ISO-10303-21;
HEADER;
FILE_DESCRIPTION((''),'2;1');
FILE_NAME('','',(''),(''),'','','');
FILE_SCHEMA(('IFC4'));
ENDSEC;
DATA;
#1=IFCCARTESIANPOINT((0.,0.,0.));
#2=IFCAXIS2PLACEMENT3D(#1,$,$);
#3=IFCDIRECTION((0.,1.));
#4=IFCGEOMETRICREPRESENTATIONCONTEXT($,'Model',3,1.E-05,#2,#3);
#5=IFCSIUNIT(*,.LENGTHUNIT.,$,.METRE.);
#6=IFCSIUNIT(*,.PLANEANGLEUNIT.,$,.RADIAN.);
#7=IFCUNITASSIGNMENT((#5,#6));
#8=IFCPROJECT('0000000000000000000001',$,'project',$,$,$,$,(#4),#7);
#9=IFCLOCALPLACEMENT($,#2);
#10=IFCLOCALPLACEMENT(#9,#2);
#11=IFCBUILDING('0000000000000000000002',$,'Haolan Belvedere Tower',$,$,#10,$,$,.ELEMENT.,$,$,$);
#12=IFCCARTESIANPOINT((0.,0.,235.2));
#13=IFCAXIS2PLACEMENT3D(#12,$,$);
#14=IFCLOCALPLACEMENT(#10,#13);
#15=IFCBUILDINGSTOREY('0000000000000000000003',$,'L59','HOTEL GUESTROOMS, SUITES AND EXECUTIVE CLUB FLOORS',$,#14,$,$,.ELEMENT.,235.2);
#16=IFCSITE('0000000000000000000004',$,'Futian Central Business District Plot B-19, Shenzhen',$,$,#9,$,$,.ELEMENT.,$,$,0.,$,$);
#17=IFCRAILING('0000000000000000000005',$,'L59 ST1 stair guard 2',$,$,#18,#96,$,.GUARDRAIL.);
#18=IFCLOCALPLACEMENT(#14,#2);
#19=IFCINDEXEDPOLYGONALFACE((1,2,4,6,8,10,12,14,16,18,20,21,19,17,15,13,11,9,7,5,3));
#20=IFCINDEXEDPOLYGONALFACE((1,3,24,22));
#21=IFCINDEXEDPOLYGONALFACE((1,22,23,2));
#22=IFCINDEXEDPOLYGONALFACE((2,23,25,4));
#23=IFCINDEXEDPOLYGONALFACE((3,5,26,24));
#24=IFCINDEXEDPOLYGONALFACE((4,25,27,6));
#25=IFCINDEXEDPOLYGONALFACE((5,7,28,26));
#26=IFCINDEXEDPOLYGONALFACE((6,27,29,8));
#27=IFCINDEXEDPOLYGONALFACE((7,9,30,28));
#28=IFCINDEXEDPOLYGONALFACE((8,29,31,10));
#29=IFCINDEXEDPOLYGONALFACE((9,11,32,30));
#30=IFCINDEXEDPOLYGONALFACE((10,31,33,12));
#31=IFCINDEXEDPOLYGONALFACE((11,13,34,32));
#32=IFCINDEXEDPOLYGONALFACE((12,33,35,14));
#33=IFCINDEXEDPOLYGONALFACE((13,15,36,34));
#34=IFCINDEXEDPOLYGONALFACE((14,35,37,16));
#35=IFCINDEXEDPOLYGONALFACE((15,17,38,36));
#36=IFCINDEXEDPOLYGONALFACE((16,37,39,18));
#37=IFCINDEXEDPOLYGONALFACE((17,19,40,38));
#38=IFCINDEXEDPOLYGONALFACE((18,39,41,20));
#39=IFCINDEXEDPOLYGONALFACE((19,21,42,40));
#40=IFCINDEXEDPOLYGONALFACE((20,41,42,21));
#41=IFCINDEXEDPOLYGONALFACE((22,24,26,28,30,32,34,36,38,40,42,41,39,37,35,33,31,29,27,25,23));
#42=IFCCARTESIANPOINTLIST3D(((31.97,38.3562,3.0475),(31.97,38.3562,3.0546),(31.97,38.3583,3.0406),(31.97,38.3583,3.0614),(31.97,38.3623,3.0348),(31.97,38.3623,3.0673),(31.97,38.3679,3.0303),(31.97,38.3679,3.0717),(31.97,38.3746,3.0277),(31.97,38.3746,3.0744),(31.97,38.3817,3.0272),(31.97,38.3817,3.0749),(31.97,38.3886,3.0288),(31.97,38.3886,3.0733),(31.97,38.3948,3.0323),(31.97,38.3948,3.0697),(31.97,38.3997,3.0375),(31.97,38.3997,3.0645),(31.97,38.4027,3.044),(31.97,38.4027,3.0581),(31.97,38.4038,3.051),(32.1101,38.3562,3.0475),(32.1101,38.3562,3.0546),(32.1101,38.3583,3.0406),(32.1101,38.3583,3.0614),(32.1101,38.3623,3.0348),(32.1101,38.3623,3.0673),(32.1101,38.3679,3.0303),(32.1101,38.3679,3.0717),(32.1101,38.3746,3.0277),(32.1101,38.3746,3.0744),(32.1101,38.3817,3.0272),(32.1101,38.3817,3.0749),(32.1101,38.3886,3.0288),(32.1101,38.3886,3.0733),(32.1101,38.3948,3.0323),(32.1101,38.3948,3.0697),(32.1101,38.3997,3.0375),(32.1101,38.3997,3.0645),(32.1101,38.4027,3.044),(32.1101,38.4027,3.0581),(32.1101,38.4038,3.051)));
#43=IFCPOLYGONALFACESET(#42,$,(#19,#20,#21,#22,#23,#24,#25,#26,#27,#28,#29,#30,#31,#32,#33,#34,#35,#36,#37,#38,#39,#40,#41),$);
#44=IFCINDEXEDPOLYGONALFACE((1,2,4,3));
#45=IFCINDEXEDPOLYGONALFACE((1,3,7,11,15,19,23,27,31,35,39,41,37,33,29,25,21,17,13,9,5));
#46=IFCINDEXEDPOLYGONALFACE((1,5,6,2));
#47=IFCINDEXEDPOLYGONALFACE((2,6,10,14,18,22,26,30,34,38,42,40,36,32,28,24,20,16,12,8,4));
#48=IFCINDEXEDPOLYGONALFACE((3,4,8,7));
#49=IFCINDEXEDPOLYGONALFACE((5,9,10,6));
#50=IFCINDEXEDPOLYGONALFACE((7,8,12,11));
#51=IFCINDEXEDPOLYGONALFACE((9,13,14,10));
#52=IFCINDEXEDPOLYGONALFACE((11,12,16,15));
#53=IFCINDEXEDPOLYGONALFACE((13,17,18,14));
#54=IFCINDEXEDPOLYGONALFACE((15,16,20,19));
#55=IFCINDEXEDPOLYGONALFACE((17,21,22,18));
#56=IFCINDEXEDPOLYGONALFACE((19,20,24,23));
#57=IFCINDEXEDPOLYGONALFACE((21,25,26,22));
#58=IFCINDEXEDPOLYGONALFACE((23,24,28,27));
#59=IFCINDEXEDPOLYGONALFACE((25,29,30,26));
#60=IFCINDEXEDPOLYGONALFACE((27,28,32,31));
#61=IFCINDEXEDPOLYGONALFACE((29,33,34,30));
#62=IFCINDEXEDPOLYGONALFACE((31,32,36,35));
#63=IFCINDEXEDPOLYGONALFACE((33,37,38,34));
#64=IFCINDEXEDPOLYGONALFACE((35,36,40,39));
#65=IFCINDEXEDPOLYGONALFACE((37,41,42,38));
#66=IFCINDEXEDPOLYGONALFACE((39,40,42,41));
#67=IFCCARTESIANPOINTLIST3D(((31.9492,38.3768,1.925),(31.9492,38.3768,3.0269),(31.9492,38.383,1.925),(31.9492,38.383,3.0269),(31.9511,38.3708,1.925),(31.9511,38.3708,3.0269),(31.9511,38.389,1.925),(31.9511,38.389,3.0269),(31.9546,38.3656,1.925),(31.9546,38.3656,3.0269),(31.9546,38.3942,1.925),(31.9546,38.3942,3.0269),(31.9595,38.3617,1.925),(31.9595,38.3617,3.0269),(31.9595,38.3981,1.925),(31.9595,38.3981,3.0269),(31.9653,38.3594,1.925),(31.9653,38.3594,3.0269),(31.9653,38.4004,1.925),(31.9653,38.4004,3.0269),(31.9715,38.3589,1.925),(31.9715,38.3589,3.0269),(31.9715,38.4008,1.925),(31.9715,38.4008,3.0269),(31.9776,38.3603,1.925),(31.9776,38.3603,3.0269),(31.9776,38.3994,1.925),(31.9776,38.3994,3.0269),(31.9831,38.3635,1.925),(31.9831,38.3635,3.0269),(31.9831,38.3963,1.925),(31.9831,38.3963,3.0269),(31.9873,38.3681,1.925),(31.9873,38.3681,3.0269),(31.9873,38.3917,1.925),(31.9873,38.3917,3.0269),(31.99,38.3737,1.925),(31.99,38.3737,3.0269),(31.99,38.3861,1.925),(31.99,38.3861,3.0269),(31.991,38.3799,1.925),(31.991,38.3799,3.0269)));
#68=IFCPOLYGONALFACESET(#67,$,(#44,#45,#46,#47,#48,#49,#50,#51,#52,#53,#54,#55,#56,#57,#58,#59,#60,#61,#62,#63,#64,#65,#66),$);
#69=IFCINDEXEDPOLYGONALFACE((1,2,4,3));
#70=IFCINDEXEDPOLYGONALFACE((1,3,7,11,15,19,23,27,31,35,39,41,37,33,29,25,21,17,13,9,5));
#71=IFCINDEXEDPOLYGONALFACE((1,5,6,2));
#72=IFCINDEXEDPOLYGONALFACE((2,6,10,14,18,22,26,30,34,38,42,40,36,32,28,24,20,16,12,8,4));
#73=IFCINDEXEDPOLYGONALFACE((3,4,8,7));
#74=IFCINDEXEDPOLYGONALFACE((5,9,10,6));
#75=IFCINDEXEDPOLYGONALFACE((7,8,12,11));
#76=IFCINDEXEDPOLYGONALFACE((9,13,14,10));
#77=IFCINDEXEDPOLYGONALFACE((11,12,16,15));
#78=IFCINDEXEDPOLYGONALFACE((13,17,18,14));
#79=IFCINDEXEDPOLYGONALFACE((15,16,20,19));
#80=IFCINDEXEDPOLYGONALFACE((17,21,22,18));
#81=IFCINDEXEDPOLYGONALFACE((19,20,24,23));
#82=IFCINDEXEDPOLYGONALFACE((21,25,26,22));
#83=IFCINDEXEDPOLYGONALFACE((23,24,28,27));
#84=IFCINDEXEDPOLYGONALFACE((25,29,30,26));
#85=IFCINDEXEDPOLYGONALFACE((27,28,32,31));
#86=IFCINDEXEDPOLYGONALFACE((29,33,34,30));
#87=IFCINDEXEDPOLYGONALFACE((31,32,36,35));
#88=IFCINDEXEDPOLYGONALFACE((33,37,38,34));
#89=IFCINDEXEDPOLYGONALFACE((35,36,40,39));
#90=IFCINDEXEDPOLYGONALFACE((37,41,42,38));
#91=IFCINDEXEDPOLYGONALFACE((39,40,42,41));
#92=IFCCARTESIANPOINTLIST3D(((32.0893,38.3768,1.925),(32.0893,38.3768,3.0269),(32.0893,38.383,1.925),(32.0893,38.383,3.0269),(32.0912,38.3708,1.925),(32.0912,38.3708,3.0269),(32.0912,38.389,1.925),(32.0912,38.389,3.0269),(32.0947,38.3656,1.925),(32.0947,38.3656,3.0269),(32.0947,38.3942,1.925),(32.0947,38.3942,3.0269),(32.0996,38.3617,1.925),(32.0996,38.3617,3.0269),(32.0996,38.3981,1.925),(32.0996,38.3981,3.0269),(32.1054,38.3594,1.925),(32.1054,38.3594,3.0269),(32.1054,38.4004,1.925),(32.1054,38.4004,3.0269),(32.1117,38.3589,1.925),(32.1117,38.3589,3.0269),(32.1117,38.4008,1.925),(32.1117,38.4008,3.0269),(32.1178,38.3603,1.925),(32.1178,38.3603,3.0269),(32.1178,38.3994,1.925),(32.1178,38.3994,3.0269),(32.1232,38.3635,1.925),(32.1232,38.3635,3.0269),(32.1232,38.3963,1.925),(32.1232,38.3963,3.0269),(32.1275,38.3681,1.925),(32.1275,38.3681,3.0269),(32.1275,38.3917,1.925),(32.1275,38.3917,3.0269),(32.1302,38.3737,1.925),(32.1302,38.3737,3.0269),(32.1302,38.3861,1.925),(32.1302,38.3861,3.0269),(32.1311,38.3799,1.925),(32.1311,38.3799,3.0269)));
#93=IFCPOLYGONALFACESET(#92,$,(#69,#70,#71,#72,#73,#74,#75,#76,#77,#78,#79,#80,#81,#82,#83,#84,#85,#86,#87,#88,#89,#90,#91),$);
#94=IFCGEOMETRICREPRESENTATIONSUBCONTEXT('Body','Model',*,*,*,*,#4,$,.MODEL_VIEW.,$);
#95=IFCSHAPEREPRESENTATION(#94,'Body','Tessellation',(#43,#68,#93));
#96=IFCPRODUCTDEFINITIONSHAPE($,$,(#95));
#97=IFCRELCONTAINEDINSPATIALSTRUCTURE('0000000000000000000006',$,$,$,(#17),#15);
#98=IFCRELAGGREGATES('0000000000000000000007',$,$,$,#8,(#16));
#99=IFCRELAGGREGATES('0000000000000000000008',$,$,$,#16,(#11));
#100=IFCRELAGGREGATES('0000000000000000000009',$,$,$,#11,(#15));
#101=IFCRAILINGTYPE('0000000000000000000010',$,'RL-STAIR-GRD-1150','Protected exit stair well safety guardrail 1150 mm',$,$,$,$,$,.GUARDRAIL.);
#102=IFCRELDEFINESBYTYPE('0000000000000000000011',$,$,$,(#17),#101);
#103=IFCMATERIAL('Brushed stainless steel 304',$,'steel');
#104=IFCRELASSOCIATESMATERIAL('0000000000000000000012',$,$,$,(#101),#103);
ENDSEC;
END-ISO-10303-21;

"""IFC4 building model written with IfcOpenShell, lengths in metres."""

from ifc_helpers import new_model, si_unit, direction, frame, origin, origin_2d, place, context, subcontext, project, spatial, circle, extrude, material, type_object, element, save


model = new_model("IFC4")

# Units and contexts
model_context = context("Model", 3, precision=1e-05, world=origin(), true_north=direction((0.0, 1.0)))
body_context = subcontext(model_context, "Body", "Model", "MODEL_VIEW")
ifc_project = project(units=[si_unit("LENGTHUNIT", "METRE"), si_unit("PLANEANGLEUNIT", "RADIAN")], contexts=[model_context])

# Site, building, storey
site_placement = place(None, origin())
site = spatial("IfcSite", under=ifc_project, at=site_placement, Name="Futian Central Business District Plot B-19, Shenzhen", CompositionType="ELEMENT", RefElevation=0.0)
building_placement = place(site_placement, origin())
building = spatial("IfcBuilding", under=site, at=building_placement, Name="Haolan Belvedere Tower", CompositionType="ELEMENT")
storey_placement = place(building_placement, frame((0.0, 0.0, 235.2)))
storey = spatial("IfcBuildingStorey", under=building, at=storey_placement, Name="L59", Description="HOTEL GUESTROOMS, SUITES AND EXECUTIVE CLUB FLOORS", CompositionType="ELEMENT", Elevation=235.2)

# Railing
ifc_material_1 = material(Name="Brushed stainless steel 304", Category="steel")
railing_type_1 = type_object("IfcRailingType", Name="RL-STAIR-GRD-1150", Description="Protected exit stair well safety guardrail 1150 mm", PredefinedType="GUARDRAIL", material=ifc_material_1)
railing_1_placement = place(storey_placement, frame((31.97, 38.3799, 1.925)))
element("IfcRailing", 1, at=railing_1_placement, inside=storey, type_object=railing_type_1, Name="L59 ST1 stair guard 2", PredefinedType="GUARDRAIL", context=body_context, shape_type="SweptSolid", body=[
    extrude(circle(Radius=0.0239, at=origin_2d()), frame((0.0, 0.0, 1.126), z_axis=(1.0, 0.0, 0.0), x_axis=(0.0, 1.0, 0.0)), (0.0, 0.0, 1.0), 0.1401),
    extrude(circle(Radius=0.021, at=origin_2d()), origin(), (0.0, 0.0, 1.0), 1.1018),
    extrude(circle(Radius=0.021, at=origin_2d()), frame((0.1401, 0.0, 0.0)), (0.0, 0.0, 1.0), 1.1018),
])

save(model, "model.ifc")
